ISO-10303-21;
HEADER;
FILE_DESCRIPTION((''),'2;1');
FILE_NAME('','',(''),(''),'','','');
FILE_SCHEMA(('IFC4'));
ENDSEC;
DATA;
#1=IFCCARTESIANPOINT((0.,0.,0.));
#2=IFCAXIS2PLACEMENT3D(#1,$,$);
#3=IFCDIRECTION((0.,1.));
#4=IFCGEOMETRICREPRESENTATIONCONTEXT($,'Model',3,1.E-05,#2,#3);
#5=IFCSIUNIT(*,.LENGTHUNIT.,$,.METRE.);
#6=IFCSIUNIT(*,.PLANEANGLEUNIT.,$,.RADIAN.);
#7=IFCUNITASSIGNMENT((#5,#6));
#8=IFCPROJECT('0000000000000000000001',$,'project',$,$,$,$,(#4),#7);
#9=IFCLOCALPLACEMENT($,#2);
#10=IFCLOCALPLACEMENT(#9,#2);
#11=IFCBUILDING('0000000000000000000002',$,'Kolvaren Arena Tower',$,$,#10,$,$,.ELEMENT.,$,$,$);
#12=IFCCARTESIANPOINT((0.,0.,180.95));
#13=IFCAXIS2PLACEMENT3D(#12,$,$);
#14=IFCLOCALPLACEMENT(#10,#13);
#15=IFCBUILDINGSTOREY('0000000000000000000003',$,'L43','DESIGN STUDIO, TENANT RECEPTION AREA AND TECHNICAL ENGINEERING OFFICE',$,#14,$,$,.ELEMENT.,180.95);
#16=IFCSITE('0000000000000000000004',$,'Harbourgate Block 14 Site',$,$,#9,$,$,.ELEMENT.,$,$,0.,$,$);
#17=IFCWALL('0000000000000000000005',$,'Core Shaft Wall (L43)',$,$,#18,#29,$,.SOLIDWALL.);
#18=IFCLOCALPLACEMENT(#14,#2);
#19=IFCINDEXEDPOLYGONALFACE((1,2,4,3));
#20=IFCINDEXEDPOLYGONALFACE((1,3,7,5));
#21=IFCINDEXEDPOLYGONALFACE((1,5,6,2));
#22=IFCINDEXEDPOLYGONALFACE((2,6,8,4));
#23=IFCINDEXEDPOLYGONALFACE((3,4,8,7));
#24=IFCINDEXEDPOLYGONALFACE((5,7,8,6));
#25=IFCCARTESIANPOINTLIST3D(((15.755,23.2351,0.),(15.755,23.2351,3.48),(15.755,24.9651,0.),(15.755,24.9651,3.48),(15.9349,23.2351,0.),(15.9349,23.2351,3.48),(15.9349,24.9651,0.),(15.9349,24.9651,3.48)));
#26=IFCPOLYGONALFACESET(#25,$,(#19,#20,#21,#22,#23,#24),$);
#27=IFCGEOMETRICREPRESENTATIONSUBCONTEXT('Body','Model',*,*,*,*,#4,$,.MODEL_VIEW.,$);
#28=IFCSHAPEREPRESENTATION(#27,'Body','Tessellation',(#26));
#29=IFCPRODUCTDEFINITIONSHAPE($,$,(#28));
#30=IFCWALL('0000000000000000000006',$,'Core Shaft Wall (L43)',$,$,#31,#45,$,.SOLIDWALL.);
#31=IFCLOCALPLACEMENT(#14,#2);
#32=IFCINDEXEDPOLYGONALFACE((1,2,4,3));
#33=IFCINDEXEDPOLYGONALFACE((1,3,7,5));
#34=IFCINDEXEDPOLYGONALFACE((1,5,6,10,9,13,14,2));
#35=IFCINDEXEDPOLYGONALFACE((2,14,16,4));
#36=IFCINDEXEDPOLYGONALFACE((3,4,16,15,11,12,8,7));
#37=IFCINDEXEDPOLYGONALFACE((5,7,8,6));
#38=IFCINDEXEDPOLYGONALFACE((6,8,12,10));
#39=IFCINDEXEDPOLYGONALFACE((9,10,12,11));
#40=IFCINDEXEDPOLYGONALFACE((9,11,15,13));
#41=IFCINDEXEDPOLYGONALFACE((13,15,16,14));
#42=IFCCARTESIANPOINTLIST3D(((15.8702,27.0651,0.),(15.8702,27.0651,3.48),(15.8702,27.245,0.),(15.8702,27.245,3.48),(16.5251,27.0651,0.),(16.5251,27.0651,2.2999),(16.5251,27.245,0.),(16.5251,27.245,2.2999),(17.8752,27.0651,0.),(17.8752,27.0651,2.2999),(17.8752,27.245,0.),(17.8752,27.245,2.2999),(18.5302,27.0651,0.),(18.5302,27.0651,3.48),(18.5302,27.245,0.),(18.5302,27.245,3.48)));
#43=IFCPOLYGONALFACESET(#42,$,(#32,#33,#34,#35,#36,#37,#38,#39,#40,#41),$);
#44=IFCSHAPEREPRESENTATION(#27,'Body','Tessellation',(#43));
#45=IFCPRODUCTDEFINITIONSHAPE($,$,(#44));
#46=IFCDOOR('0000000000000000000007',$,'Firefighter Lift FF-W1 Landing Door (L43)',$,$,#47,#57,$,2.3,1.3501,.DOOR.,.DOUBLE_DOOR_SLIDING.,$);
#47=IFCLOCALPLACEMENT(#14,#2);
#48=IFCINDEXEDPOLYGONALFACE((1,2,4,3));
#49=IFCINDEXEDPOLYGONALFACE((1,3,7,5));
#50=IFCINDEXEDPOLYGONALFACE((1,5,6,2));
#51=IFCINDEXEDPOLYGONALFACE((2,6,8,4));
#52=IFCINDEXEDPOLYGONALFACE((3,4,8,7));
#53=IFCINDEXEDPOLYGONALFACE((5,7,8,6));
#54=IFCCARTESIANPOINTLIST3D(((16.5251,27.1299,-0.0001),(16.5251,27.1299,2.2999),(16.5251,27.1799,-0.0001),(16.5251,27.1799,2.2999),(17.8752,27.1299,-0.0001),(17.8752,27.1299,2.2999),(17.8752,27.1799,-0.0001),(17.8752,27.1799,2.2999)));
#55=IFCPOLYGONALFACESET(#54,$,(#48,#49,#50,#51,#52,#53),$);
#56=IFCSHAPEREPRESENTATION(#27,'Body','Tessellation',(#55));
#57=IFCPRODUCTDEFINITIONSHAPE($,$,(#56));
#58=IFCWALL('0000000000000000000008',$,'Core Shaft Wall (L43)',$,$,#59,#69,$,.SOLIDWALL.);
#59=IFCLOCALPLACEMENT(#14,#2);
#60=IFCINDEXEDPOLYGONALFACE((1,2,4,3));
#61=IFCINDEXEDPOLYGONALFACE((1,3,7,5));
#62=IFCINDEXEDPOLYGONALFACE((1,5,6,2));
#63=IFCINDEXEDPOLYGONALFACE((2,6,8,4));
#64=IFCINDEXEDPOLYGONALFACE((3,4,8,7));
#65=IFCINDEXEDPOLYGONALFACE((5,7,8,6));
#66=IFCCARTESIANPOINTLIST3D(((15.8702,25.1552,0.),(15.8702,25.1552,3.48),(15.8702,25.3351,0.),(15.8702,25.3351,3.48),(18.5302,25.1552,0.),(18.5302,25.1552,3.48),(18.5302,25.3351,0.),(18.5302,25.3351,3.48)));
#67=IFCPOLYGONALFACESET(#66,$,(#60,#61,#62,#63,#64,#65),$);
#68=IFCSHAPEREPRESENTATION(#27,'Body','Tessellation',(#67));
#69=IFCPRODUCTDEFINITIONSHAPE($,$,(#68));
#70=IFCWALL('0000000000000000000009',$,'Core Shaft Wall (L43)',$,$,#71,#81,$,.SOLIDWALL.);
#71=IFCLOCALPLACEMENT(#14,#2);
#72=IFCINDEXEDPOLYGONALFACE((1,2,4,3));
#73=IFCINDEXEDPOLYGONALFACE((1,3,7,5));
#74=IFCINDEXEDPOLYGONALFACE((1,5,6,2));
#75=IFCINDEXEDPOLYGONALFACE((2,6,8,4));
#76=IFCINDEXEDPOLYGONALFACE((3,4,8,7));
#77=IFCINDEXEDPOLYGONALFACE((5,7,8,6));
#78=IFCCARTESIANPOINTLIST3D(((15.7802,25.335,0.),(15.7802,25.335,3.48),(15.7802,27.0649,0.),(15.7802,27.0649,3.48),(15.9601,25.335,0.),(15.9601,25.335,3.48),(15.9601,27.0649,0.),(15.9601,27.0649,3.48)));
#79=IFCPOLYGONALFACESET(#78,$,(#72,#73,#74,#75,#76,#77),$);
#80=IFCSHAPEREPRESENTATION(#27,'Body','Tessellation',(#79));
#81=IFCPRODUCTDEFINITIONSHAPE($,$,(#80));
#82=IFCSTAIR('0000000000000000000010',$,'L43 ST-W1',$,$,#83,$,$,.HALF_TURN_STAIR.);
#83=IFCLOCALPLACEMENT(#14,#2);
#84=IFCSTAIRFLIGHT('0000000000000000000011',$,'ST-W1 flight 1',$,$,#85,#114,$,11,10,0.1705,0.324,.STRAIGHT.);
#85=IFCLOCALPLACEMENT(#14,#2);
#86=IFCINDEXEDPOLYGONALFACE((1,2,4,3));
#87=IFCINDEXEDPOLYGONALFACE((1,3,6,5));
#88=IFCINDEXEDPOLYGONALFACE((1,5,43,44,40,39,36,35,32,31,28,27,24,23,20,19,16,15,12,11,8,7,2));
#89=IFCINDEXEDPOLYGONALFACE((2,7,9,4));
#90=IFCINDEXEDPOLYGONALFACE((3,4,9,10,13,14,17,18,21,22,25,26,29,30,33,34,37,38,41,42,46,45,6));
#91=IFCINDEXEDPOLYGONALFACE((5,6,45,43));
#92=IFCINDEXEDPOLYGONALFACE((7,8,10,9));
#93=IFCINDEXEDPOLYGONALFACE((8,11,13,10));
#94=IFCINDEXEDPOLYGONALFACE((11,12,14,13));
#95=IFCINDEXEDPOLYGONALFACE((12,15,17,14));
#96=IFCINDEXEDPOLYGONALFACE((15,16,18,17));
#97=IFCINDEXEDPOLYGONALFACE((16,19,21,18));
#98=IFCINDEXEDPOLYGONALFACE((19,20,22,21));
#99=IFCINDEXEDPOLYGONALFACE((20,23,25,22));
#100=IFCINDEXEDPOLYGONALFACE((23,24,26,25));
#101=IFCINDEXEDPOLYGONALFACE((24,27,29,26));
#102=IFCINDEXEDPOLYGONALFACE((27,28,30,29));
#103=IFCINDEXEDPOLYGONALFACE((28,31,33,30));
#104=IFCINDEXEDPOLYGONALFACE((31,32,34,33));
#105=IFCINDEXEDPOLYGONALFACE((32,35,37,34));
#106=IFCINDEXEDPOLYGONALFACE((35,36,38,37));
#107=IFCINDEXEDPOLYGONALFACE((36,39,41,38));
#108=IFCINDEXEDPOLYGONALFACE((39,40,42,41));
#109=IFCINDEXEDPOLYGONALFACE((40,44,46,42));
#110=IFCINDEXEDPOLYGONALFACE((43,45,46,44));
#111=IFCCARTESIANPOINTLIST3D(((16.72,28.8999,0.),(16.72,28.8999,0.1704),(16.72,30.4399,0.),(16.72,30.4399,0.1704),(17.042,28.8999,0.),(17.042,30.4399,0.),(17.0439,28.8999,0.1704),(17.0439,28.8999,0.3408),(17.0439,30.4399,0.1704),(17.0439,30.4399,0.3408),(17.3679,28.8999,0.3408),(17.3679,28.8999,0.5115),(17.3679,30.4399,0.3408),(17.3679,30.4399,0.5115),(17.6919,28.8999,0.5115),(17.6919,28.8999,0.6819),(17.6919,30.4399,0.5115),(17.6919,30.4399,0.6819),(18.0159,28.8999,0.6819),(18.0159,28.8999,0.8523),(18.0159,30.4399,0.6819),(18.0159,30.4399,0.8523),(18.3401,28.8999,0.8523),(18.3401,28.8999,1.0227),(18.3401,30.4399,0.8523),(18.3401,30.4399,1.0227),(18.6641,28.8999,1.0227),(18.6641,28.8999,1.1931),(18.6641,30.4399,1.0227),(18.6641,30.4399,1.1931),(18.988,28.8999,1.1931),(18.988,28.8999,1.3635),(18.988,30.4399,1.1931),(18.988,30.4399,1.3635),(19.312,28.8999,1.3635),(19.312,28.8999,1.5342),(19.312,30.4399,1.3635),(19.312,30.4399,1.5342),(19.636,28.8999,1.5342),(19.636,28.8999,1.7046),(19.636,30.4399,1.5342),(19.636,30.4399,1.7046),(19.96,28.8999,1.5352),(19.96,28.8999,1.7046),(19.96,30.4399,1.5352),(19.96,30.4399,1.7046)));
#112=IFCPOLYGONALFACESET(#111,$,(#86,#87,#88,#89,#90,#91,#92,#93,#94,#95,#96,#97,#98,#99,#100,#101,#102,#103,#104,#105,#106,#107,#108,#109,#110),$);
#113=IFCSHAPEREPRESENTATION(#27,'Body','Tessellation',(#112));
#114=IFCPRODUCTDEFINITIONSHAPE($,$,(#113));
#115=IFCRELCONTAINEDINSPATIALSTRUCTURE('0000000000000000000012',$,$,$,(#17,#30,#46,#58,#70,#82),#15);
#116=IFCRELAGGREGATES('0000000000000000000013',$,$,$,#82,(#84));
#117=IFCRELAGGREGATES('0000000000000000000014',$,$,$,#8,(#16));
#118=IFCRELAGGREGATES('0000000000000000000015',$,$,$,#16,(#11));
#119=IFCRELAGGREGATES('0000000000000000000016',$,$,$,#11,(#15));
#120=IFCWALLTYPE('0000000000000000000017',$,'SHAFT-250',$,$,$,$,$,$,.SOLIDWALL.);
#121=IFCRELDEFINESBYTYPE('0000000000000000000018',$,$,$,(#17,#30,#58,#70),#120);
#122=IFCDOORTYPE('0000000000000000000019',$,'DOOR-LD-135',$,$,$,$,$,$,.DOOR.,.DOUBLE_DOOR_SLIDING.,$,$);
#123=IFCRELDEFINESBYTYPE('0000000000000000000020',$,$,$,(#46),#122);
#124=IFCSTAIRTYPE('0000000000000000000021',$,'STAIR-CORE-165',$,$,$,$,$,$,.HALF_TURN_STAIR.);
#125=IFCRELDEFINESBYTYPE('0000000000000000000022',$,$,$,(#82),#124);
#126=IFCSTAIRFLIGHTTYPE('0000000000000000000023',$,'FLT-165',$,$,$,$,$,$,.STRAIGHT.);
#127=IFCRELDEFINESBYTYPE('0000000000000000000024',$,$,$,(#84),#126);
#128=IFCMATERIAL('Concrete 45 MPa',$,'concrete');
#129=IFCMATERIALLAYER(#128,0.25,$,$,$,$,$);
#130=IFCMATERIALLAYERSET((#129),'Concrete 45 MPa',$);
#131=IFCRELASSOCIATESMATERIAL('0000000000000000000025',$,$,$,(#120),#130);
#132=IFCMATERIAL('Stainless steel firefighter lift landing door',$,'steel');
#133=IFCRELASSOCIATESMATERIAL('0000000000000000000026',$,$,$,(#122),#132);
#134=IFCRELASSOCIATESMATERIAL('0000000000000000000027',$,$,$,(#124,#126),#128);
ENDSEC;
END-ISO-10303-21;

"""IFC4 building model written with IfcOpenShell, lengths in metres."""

from ifc_helpers import new_model, si_unit, direction, frame, frame_2d, origin, place, context, subcontext, project, spatial, polyline, rectangle, outline, extrude, material, layer, layer_set, type_object, element, fill, aggregate, save


model = new_model("IFC4")

# Units and contexts
model_context = context("Model", 3, precision=1e-05, world=origin(), true_north=direction((0.0, 1.0)))
body_context = subcontext(model_context, "Body", "Model", "MODEL_VIEW")
ifc_project = project(units=[si_unit("LENGTHUNIT", "METRE"), si_unit("PLANEANGLEUNIT", "RADIAN")], contexts=[model_context])

# Site, building, storey
site_placement = place(None, origin())
site = spatial("IfcSite", under=ifc_project, at=site_placement, Name="Harbourgate Block 14 Site", CompositionType="ELEMENT", RefElevation=0.0)
building_placement = place(site_placement, origin())
building = spatial("IfcBuilding", under=site, at=building_placement, Name="Kolvaren Arena Tower", CompositionType="ELEMENT")
storey_placement = place(building_placement, frame((0.0, 0.0, 180.95)))
storey = spatial("IfcBuildingStorey", under=building, at=storey_placement, Name="L43", Description="DESIGN STUDIO, TENANT RECEPTION AREA AND TECHNICAL ENGINEERING OFFICE", CompositionType="ELEMENT", Elevation=180.95)

# Shared definitions
ifc_material_1 = material(Name="Concrete 45 MPa", Category="concrete")
ifc_layer = layer(ifc_material_1, 0.25)
ifc_layer_set = layer_set([ifc_layer], Name="Concrete 45 MPa")
wall_type = type_object("IfcWallType", Name="SHAFT-250", PredefinedType="SOLIDWALL", material=ifc_layer_set)

# Wall
wall_1_placement = place(storey_placement, frame((15.845, 23.2351, 0.0), z_axis=(0.0, 0.0, 1.0), x_axis=(0.0, 1.0, 0.0)))
element("IfcWall", 1, at=wall_1_placement, inside=storey, type_object=wall_type, Name="Core Shaft Wall (L43)", PredefinedType="SOLIDWALL", context=body_context, shape_type="SweptSolid", body=[
    extrude(rectangle(XDim=1.73, YDim=0.1799, at=frame_2d((0.865, 0.0))), origin(), (0.0, 0.0, 1.0), 3.48),
])

# Wall, opening, door
wall_2_placement = place(storey_placement, frame((15.8701, 27.155, 0.0), z_axis=(0.0, 0.0, 1.0), x_axis=(1.0, 0.0, 0.0)))
wall_2 = element("IfcWall", 2, at=wall_2_placement, inside=storey, type_object=wall_type, Name="Core Shaft Wall (L43)", PredefinedType="SOLIDWALL", context=body_context, shape_type="SweptSolid", body=[
    extrude(rectangle(XDim=2.6599, YDim=0.1799, at=frame_2d((1.3301, 0.0))), origin(), (0.0, 0.0, 1.0), 3.48),
])
opening_1_placement = place(wall_2_placement, frame((0.655, 0.0, 0.0)))
opening_1 = element("IfcOpeningElement", 3, at=opening_1_placement, cuts=wall_2, PredefinedType="OPENING", context=body_context, shape_type="SweptSolid", body=[
    extrude(rectangle(XDim=1.3501, YDim=2.3, at=frame_2d((0.675, 1.1499))), frame((0.0, 0.0999, 0.0), z_axis=(0.0, -1.0, 0.0), x_axis=(1.0, 0.0, 0.0)), (0.0, 0.0, 1.0), 0.2),
])
ifc_material_2 = material(Name="Stainless steel firefighter lift landing door", Category="steel")
door_type_1 = type_object("IfcDoorType", Name="DOOR-LD-135", OperationType="DOUBLE_DOOR_SLIDING", PredefinedType="DOOR", material=ifc_material_2)
door_1_placement = place(opening_1_placement, origin())
door_1 = element("IfcDoor", 4, at=door_1_placement, inside=storey, type_object=door_type_1, Name="Firefighter Lift FF-W1 Landing Door (L43)", OperationType="DOUBLE_DOOR_SLIDING", OverallHeight=2.3, OverallWidth=1.3501, PredefinedType="DOOR", context=body_context, shape_type="SweptSolid", body=[
    extrude(rectangle(XDim=1.3501, YDim=2.3, at=frame_2d((0.675, 1.1499))), frame((0.0, 0.0249, 0.0), z_axis=(0.0, -1.0, 0.0), x_axis=(1.0, 0.0, 0.0)), (0.0, 0.0, 1.0), 0.05),
])
fill(opening_1, door_1)

# Walls
wall_3_placement = place(storey_placement, frame((15.8701, 25.2451, 0.0), z_axis=(0.0, 0.0, 1.0), x_axis=(1.0, 0.0, 0.0)))
element("IfcWall", 5, at=wall_3_placement, inside=storey, type_object=wall_type, Name="Core Shaft Wall (L43)", PredefinedType="SOLIDWALL", context=body_context, shape_type="SweptSolid", body=[
    extrude(rectangle(XDim=2.6599, YDim=0.1799, at=frame_2d((1.3301, 0.0))), origin(), (0.0, 0.0, 1.0), 3.48),
])
wall_4_placement = place(storey_placement, frame((15.8701, 25.335, 0.0), z_axis=(0.0, 0.0, 1.0), x_axis=(0.0, 1.0, 0.0)))
element("IfcWall", 6, at=wall_4_placement, inside=storey, type_object=wall_type, Name="Core Shaft Wall (L43)", PredefinedType="SOLIDWALL", context=body_context, shape_type="SweptSolid", body=[
    extrude(rectangle(XDim=1.73, YDim=0.1799, at=frame_2d((0.865, 0.0))), origin(), (0.0, 0.0, 1.0), 3.48),
])

# Stair, stair flight
stair_type = type_object("IfcStairType", Name="STAIR-CORE-165", PredefinedType="HALF_TURN_STAIR", material=ifc_material_1)
stair_placement = place(storey_placement, origin())
stair = element("IfcStair", 7, at=stair_placement, inside=storey, type_object=stair_type, Name="L43 ST-W1", PredefinedType="HALF_TURN_STAIR")
stair_flight_type = type_object("IfcStairFlightType", Name="FLT-165", PredefinedType="STRAIGHT", material=ifc_material_1)
stair_flight_placement = place(storey_placement, frame((16.72, 29.6699, 0.0), z_axis=(0.0, 0.0, 1.0), x_axis=(1.0, 0.0, 0.0)))
stair_flight = element("IfcStairFlight", 8, at=stair_flight_placement, type_object=stair_flight_type, Name="ST-W1 flight 1", NumberOfRisers=11, NumberOfTreads=10, PredefinedType="STRAIGHT", RiserHeight=0.1705, TreadLength=0.324, context=body_context, shape_type="SweptSolid", body=[
    extrude(outline(polyline([(0.0, 0.0), (0.0, 0.1704), (0.324, 0.1704), (0.324, 0.3408), (0.6479, 0.3408), (0.6479, 0.5115), (0.9719, 0.5115), (0.9719, 0.6819), (1.2959, 0.6819), (1.2959, 0.8523), (1.6201, 0.8523), (1.6201, 1.0227), (1.9441, 1.0227), (1.9441, 1.1931), (2.2681, 1.1931), (2.2681, 1.3635), (2.592, 1.3635), (2.592, 1.5342), (2.916, 1.5342), (2.916, 1.7046), (3.24, 1.7046), (3.24, 1.875), (3.24, 1.5352), (0.322, 0.0), (0.0, 0.0)])), frame((0.0, 0.77, 0.0), z_axis=(0.0, -1.0, 0.0), x_axis=(1.0, 0.0, 0.0)), (0.0, 0.0, 1.0), 1.54),
])
aggregate(stair, [stair_flight])

save(model, "model.ifc")
